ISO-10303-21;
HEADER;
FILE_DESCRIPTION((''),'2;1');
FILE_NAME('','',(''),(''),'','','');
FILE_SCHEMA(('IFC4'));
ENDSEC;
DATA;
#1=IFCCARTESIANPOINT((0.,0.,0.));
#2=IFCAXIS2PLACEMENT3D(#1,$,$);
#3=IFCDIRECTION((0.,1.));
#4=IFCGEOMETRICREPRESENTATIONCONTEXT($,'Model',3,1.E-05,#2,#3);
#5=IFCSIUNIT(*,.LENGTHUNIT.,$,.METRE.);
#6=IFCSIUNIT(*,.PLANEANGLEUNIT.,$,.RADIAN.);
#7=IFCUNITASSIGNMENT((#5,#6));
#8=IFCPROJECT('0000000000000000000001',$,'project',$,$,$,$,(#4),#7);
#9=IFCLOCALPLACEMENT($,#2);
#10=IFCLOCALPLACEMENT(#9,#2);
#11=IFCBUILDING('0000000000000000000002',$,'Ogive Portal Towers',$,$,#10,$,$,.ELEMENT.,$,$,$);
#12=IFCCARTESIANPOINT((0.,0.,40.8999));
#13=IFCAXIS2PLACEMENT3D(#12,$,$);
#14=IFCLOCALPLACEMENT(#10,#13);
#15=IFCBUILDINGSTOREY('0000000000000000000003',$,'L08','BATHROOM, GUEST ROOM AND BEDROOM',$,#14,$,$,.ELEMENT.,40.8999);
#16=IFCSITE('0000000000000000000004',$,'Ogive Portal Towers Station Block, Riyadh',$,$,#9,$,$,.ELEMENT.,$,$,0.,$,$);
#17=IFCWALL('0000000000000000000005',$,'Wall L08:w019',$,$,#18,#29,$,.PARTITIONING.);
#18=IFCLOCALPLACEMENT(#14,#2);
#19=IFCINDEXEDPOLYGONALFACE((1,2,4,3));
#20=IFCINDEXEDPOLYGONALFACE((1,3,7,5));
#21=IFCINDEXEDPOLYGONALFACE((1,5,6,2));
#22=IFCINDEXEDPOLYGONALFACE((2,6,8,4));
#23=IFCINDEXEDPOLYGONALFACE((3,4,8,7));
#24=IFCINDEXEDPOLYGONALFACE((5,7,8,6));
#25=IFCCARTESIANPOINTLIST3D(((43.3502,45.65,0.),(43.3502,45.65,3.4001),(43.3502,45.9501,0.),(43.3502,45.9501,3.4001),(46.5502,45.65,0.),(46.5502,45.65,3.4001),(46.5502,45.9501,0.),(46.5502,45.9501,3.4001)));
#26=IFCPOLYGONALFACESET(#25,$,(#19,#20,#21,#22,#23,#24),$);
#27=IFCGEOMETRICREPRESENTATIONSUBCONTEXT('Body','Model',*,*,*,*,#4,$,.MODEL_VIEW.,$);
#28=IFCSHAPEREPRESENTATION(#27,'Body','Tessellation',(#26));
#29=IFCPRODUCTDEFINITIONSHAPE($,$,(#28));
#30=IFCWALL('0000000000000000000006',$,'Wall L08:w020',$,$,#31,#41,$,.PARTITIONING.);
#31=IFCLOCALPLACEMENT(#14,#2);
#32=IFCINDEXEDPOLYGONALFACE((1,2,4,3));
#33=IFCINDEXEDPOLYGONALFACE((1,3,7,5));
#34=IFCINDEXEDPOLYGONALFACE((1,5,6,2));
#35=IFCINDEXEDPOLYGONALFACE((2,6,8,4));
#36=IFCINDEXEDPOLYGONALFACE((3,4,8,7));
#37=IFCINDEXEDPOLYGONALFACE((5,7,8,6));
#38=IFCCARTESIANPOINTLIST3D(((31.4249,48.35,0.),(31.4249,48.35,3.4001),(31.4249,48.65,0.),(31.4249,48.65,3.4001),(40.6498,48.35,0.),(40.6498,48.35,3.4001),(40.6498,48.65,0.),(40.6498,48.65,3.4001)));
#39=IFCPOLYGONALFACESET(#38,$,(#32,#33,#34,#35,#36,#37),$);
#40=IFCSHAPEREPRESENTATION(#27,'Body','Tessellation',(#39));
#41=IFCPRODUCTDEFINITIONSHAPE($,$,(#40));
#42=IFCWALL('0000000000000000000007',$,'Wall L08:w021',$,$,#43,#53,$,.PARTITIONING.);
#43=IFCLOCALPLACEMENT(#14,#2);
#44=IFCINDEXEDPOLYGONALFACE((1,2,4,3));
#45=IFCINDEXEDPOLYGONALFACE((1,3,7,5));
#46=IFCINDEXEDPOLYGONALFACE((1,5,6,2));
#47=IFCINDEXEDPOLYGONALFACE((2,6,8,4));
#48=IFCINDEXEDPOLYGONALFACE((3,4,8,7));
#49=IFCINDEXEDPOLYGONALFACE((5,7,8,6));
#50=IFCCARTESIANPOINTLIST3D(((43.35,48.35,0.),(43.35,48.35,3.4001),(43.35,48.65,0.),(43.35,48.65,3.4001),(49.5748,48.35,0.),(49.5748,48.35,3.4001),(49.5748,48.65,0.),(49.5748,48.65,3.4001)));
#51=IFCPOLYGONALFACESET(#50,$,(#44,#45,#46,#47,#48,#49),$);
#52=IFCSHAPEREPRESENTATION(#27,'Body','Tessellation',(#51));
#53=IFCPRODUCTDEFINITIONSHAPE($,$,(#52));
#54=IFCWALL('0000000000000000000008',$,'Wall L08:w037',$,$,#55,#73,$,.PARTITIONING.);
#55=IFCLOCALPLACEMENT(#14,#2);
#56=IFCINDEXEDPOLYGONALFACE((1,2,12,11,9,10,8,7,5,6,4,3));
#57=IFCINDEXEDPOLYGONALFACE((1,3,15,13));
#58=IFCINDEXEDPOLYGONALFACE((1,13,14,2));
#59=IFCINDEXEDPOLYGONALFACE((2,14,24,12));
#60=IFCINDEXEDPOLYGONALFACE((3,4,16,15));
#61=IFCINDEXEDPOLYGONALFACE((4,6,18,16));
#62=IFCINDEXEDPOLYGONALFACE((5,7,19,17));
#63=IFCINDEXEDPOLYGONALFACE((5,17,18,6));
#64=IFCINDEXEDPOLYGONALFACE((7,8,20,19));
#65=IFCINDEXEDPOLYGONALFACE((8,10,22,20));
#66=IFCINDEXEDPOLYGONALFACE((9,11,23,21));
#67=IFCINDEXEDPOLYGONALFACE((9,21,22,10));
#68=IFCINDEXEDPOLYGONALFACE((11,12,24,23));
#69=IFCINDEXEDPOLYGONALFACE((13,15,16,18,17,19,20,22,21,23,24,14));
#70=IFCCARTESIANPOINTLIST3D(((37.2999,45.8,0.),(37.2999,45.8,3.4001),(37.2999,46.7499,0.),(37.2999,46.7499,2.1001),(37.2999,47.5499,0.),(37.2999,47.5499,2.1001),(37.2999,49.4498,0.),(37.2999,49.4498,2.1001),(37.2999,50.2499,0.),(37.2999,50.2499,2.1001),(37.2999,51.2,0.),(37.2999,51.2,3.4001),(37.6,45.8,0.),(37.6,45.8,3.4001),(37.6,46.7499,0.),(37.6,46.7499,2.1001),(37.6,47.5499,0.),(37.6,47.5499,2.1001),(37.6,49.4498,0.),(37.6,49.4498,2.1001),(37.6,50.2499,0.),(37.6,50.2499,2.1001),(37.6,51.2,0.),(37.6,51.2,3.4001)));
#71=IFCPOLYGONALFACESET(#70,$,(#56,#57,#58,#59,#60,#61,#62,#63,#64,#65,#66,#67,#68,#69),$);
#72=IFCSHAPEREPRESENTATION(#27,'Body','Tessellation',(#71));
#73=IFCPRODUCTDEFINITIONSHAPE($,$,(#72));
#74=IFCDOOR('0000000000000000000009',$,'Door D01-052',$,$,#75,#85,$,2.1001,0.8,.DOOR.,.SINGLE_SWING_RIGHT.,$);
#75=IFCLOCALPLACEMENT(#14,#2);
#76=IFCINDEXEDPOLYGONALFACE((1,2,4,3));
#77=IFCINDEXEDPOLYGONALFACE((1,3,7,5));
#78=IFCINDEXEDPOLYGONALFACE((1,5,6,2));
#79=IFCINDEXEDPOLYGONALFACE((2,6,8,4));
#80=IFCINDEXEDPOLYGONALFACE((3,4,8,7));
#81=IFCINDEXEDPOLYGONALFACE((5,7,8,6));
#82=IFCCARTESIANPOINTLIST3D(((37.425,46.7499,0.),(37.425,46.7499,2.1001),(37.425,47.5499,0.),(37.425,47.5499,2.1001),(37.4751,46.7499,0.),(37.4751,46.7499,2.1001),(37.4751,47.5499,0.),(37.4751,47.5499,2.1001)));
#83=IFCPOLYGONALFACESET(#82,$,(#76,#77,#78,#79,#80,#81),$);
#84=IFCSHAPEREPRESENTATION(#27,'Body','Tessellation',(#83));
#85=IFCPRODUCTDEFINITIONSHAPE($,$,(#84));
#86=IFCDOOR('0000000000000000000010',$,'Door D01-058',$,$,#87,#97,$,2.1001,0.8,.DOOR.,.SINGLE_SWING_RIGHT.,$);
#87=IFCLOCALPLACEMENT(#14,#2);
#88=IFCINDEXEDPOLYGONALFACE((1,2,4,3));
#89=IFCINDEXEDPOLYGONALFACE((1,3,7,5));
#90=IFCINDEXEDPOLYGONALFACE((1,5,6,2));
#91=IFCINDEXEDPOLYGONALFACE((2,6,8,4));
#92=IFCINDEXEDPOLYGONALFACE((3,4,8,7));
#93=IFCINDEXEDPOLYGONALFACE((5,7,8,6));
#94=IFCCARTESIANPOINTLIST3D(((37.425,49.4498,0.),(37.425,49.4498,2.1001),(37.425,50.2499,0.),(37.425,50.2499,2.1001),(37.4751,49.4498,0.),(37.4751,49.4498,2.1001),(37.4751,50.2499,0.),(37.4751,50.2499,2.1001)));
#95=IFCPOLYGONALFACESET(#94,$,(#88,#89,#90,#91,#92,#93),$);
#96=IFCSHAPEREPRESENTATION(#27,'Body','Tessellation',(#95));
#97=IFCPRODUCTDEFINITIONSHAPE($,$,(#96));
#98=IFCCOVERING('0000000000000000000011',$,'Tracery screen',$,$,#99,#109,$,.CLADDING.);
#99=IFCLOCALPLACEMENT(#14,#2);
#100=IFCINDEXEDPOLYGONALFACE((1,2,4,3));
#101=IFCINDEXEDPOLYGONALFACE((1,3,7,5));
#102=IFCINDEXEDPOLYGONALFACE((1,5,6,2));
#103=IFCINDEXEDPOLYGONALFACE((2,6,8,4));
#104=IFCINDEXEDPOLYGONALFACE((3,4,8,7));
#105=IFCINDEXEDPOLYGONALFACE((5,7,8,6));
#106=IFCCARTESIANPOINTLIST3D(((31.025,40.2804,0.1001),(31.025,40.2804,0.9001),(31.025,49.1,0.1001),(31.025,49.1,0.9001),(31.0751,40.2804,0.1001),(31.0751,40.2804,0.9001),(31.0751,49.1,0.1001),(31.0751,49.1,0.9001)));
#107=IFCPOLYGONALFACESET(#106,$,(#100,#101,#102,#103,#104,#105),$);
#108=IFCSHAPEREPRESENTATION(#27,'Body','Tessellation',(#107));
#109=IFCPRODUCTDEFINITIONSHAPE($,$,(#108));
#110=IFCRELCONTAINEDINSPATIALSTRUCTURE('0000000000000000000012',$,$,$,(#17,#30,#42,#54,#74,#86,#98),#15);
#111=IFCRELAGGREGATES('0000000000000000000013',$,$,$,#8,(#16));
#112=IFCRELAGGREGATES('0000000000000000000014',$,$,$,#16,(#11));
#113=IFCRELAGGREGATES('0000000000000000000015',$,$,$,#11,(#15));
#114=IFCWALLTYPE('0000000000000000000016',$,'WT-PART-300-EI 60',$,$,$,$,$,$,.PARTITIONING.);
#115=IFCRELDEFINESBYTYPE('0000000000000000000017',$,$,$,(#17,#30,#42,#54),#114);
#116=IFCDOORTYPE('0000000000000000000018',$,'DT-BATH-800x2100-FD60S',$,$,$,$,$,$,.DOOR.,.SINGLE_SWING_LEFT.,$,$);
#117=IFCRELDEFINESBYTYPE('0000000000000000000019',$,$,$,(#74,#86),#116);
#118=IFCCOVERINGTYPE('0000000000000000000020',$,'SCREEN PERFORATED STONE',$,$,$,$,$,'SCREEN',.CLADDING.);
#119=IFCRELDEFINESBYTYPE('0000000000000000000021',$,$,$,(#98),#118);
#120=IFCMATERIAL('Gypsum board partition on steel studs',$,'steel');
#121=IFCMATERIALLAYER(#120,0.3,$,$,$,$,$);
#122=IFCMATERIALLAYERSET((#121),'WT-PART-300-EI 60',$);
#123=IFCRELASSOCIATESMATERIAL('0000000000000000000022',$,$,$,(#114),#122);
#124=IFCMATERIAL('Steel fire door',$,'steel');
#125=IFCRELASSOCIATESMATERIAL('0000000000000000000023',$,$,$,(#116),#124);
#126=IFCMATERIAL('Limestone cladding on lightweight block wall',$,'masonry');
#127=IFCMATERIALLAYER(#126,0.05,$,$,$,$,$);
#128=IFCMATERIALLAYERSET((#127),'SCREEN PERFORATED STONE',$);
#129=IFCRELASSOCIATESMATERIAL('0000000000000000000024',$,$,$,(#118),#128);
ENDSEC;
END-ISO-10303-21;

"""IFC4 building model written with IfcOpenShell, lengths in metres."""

from ifc_helpers import new_model, si_unit, direction, frame, frame_2d, origin, origin_2d, place, context, subcontext, project, spatial, rectangle, extrude, material, layer, layer_set, type_object, element, fill, save


model = new_model("IFC4")

# Units and contexts
model_context = context("Model", 3, precision=1e-05, world=origin(), true_north=direction((0.0, 1.0)))
body_context = subcontext(model_context, "Body", "Model", "MODEL_VIEW")
ifc_project = project(units=[si_unit("LENGTHUNIT", "METRE"), si_unit("PLANEANGLEUNIT", "RADIAN")], contexts=[model_context])

# Site, building, storey
site_placement = place(None, origin())
site = spatial("IfcSite", under=ifc_project, at=site_placement, Name="Ogive Portal Towers Station Block, Riyadh", CompositionType="ELEMENT", RefElevation=0.0)
building_placement = place(site_placement, origin())
building = spatial("IfcBuilding", under=site, at=building_placement, Name="Ogive Portal Towers", CompositionType="ELEMENT")
storey_placement = place(building_placement, frame((0.0, 0.0, 40.8999)))
storey = spatial("IfcBuildingStorey", under=building, at=storey_placement, Name="L08", Description="BATHROOM, GUEST ROOM AND BEDROOM", CompositionType="ELEMENT", Elevation=40.8999)

# Shared definitions
ifc_material_1 = material(Name="Limestone cladding on lightweight block wall", Category="masonry")

# Walls
ifc_material_2 = material(Name="Gypsum board partition on steel studs", Category="steel")
ifc_layer_1 = layer(ifc_material_2, 0.3)
ifc_layer_set_1 = layer_set([ifc_layer_1], Name="WT-PART-300-EI 60")
wall_type_1 = type_object("IfcWallType", Name="WT-PART-300-EI 60", PredefinedType="PARTITIONING", material=ifc_layer_set_1)
for number, where, z_axis, x_axis, name in (
    (1, (43.3501, 45.8, 0.0), (0.0, 0.0, 1.0), (1.0, 0.0, 0.0), "Wall L08:w019"),
):
    element("IfcWall", number, at=place(storey_placement, frame(where, z_axis=z_axis, x_axis=x_axis)), inside=storey, type_object=wall_type_1, Name=name, PredefinedType="PARTITIONING", context=body_context, shape_type="SweptSolid", body=[
        extrude(rectangle(XDim=3.2, YDim=0.3, at=frame_2d((1.6001, 0.0))), origin(), (0.0, 0.0, 1.0), 3.4001),
    ])
wall_1_placement = place(storey_placement, frame((31.425, 48.5, 0.0), z_axis=(0.0, 0.0, 1.0), x_axis=(1.0, 0.0, 0.0)))
element("IfcWall", 2, at=wall_1_placement, inside=storey, type_object=wall_type_1, Name="Wall L08:w020", PredefinedType="PARTITIONING", context=body_context, shape_type="SweptSolid", body=[
    extrude(rectangle(XDim=9.2249, YDim=0.3, at=frame_2d((4.6123, 0.0))), origin(), (0.0, 0.0, 1.0), 3.4001),
])
wall_2_placement = place(storey_placement, frame((43.3501, 48.5, 0.0), z_axis=(0.0, 0.0, 1.0), x_axis=(1.0, 0.0, 0.0)))
element("IfcWall", 3, at=wall_2_placement, inside=storey, type_object=wall_type_1, Name="Wall L08:w021", PredefinedType="PARTITIONING", context=body_context, shape_type="SweptSolid", body=[
    extrude(rectangle(XDim=6.2249, YDim=0.3, at=frame_2d((3.1123, 0.0))), origin(), (0.0, 0.0, 1.0), 3.4001),
])

# Wall, openings, doors
wall_3_placement = place(storey_placement, frame((37.45, 45.8, 0.0), z_axis=(0.0, 0.0, 1.0), x_axis=(0.0, 1.0, 0.0)))
wall_3 = element("IfcWall", 4, at=wall_3_placement, inside=storey, type_object=wall_type_1, Name="Wall L08:w037", PredefinedType="PARTITIONING", context=body_context, shape_type="SweptSolid", body=[
    extrude(rectangle(XDim=5.3999, YDim=0.3, at=frame_2d((2.7, 0.0))), origin(), (0.0, 0.0, 1.0), 3.4001),
])
opening_1_placement = place(wall_3_placement, frame((0.95, 0.0, 0.0)))
opening_1 = element("IfcOpeningElement", 5, at=opening_1_placement, cuts=wall_3, PredefinedType="OPENING", context=body_context, shape_type="SweptSolid", body=[
    extrude(rectangle(XDim=0.8, YDim=2.1001, at=frame_2d((0.3999, 1.05))), frame((0.0, 0.1602, 0.0), z_axis=(0.0, -1.0, 0.0), x_axis=(1.0, 0.0, 0.0)), (0.0, 0.0, 1.0), 0.3201),
])
opening_2_placement = place(wall_3_placement, frame((3.6499, 0.0, 0.0)))
opening_2 = element("IfcOpeningElement", 6, at=opening_2_placement, cuts=wall_3, PredefinedType="OPENING", context=body_context, shape_type="SweptSolid", body=[
    extrude(rectangle(XDim=0.8, YDim=2.1001, at=frame_2d((0.3999, 1.05))), frame((0.0, 0.1602, 0.0), z_axis=(0.0, -1.0, 0.0), x_axis=(1.0, 0.0, 0.0)), (0.0, 0.0, 1.0), 0.3201),
])
ifc_material_3 = material(Name="Steel fire door", Category="steel")
door_type = type_object("IfcDoorType", Name="DT-BATH-800x2100-FD60S", OperationType="SINGLE_SWING_LEFT", PredefinedType="DOOR", material=ifc_material_3)
door_1_placement = place(opening_1_placement, origin())
door_1 = element("IfcDoor", 7, at=door_1_placement, inside=storey, type_object=door_type, Name="Door D01-052", OperationType="SINGLE_SWING_RIGHT", OverallHeight=2.1001, OverallWidth=0.8, PredefinedType="DOOR", context=body_context, shape_type="SweptSolid", body=[
    extrude(rectangle(XDim=0.8, YDim=2.1001, at=frame_2d((0.3999, 1.05))), frame((0.0, 0.0249, 0.0), z_axis=(0.0, -1.0, 0.0), x_axis=(1.0, 0.0, 0.0)), (0.0, 0.0, 1.0), 0.05),
])
fill(opening_1, door_1)
door_2_placement = place(opening_2_placement, origin())
door_2 = element("IfcDoor", 8, at=door_2_placement, inside=storey, type_object=door_type, Name="Door D01-058", OperationType="SINGLE_SWING_RIGHT", OverallHeight=2.1001, OverallWidth=0.8, PredefinedType="DOOR", context=body_context, shape_type="SweptSolid", body=[
    extrude(rectangle(XDim=0.8, YDim=2.1001, at=frame_2d((0.3999, 1.05))), frame((0.0, 0.0249, 0.0), z_axis=(0.0, -1.0, 0.0), x_axis=(1.0, 0.0, 0.0)), (0.0, 0.0, 1.0), 0.05),
])
fill(opening_2, door_2)

# Covering
ifc_layer_2 = layer(ifc_material_1, 0.05)
ifc_layer_set_2 = layer_set([ifc_layer_2], Name="SCREEN PERFORATED STONE")
covering_type = type_object("IfcCoveringType", Name="SCREEN PERFORATED STONE", ElementType="SCREEN", PredefinedType="CLADDING", material=ifc_layer_set_2)
covering_placement = place(storey_placement, frame((31.05, 44.6902, 0.1001), z_axis=(0.0, 0.0, 1.0), x_axis=(0.0, -1.0, 0.0)))
element("IfcCovering", 9, at=covering_placement, inside=storey, type_object=covering_type, Name="Tracery screen", PredefinedType="CLADDING", context=body_context, shape_type="SweptSolid", body=[
    extrude(rectangle(XDim=8.8196, YDim=0.05, at=origin_2d()), origin(), (0.0, 0.0, 1.0), 0.8),
])

save(model, "model.ifc")
